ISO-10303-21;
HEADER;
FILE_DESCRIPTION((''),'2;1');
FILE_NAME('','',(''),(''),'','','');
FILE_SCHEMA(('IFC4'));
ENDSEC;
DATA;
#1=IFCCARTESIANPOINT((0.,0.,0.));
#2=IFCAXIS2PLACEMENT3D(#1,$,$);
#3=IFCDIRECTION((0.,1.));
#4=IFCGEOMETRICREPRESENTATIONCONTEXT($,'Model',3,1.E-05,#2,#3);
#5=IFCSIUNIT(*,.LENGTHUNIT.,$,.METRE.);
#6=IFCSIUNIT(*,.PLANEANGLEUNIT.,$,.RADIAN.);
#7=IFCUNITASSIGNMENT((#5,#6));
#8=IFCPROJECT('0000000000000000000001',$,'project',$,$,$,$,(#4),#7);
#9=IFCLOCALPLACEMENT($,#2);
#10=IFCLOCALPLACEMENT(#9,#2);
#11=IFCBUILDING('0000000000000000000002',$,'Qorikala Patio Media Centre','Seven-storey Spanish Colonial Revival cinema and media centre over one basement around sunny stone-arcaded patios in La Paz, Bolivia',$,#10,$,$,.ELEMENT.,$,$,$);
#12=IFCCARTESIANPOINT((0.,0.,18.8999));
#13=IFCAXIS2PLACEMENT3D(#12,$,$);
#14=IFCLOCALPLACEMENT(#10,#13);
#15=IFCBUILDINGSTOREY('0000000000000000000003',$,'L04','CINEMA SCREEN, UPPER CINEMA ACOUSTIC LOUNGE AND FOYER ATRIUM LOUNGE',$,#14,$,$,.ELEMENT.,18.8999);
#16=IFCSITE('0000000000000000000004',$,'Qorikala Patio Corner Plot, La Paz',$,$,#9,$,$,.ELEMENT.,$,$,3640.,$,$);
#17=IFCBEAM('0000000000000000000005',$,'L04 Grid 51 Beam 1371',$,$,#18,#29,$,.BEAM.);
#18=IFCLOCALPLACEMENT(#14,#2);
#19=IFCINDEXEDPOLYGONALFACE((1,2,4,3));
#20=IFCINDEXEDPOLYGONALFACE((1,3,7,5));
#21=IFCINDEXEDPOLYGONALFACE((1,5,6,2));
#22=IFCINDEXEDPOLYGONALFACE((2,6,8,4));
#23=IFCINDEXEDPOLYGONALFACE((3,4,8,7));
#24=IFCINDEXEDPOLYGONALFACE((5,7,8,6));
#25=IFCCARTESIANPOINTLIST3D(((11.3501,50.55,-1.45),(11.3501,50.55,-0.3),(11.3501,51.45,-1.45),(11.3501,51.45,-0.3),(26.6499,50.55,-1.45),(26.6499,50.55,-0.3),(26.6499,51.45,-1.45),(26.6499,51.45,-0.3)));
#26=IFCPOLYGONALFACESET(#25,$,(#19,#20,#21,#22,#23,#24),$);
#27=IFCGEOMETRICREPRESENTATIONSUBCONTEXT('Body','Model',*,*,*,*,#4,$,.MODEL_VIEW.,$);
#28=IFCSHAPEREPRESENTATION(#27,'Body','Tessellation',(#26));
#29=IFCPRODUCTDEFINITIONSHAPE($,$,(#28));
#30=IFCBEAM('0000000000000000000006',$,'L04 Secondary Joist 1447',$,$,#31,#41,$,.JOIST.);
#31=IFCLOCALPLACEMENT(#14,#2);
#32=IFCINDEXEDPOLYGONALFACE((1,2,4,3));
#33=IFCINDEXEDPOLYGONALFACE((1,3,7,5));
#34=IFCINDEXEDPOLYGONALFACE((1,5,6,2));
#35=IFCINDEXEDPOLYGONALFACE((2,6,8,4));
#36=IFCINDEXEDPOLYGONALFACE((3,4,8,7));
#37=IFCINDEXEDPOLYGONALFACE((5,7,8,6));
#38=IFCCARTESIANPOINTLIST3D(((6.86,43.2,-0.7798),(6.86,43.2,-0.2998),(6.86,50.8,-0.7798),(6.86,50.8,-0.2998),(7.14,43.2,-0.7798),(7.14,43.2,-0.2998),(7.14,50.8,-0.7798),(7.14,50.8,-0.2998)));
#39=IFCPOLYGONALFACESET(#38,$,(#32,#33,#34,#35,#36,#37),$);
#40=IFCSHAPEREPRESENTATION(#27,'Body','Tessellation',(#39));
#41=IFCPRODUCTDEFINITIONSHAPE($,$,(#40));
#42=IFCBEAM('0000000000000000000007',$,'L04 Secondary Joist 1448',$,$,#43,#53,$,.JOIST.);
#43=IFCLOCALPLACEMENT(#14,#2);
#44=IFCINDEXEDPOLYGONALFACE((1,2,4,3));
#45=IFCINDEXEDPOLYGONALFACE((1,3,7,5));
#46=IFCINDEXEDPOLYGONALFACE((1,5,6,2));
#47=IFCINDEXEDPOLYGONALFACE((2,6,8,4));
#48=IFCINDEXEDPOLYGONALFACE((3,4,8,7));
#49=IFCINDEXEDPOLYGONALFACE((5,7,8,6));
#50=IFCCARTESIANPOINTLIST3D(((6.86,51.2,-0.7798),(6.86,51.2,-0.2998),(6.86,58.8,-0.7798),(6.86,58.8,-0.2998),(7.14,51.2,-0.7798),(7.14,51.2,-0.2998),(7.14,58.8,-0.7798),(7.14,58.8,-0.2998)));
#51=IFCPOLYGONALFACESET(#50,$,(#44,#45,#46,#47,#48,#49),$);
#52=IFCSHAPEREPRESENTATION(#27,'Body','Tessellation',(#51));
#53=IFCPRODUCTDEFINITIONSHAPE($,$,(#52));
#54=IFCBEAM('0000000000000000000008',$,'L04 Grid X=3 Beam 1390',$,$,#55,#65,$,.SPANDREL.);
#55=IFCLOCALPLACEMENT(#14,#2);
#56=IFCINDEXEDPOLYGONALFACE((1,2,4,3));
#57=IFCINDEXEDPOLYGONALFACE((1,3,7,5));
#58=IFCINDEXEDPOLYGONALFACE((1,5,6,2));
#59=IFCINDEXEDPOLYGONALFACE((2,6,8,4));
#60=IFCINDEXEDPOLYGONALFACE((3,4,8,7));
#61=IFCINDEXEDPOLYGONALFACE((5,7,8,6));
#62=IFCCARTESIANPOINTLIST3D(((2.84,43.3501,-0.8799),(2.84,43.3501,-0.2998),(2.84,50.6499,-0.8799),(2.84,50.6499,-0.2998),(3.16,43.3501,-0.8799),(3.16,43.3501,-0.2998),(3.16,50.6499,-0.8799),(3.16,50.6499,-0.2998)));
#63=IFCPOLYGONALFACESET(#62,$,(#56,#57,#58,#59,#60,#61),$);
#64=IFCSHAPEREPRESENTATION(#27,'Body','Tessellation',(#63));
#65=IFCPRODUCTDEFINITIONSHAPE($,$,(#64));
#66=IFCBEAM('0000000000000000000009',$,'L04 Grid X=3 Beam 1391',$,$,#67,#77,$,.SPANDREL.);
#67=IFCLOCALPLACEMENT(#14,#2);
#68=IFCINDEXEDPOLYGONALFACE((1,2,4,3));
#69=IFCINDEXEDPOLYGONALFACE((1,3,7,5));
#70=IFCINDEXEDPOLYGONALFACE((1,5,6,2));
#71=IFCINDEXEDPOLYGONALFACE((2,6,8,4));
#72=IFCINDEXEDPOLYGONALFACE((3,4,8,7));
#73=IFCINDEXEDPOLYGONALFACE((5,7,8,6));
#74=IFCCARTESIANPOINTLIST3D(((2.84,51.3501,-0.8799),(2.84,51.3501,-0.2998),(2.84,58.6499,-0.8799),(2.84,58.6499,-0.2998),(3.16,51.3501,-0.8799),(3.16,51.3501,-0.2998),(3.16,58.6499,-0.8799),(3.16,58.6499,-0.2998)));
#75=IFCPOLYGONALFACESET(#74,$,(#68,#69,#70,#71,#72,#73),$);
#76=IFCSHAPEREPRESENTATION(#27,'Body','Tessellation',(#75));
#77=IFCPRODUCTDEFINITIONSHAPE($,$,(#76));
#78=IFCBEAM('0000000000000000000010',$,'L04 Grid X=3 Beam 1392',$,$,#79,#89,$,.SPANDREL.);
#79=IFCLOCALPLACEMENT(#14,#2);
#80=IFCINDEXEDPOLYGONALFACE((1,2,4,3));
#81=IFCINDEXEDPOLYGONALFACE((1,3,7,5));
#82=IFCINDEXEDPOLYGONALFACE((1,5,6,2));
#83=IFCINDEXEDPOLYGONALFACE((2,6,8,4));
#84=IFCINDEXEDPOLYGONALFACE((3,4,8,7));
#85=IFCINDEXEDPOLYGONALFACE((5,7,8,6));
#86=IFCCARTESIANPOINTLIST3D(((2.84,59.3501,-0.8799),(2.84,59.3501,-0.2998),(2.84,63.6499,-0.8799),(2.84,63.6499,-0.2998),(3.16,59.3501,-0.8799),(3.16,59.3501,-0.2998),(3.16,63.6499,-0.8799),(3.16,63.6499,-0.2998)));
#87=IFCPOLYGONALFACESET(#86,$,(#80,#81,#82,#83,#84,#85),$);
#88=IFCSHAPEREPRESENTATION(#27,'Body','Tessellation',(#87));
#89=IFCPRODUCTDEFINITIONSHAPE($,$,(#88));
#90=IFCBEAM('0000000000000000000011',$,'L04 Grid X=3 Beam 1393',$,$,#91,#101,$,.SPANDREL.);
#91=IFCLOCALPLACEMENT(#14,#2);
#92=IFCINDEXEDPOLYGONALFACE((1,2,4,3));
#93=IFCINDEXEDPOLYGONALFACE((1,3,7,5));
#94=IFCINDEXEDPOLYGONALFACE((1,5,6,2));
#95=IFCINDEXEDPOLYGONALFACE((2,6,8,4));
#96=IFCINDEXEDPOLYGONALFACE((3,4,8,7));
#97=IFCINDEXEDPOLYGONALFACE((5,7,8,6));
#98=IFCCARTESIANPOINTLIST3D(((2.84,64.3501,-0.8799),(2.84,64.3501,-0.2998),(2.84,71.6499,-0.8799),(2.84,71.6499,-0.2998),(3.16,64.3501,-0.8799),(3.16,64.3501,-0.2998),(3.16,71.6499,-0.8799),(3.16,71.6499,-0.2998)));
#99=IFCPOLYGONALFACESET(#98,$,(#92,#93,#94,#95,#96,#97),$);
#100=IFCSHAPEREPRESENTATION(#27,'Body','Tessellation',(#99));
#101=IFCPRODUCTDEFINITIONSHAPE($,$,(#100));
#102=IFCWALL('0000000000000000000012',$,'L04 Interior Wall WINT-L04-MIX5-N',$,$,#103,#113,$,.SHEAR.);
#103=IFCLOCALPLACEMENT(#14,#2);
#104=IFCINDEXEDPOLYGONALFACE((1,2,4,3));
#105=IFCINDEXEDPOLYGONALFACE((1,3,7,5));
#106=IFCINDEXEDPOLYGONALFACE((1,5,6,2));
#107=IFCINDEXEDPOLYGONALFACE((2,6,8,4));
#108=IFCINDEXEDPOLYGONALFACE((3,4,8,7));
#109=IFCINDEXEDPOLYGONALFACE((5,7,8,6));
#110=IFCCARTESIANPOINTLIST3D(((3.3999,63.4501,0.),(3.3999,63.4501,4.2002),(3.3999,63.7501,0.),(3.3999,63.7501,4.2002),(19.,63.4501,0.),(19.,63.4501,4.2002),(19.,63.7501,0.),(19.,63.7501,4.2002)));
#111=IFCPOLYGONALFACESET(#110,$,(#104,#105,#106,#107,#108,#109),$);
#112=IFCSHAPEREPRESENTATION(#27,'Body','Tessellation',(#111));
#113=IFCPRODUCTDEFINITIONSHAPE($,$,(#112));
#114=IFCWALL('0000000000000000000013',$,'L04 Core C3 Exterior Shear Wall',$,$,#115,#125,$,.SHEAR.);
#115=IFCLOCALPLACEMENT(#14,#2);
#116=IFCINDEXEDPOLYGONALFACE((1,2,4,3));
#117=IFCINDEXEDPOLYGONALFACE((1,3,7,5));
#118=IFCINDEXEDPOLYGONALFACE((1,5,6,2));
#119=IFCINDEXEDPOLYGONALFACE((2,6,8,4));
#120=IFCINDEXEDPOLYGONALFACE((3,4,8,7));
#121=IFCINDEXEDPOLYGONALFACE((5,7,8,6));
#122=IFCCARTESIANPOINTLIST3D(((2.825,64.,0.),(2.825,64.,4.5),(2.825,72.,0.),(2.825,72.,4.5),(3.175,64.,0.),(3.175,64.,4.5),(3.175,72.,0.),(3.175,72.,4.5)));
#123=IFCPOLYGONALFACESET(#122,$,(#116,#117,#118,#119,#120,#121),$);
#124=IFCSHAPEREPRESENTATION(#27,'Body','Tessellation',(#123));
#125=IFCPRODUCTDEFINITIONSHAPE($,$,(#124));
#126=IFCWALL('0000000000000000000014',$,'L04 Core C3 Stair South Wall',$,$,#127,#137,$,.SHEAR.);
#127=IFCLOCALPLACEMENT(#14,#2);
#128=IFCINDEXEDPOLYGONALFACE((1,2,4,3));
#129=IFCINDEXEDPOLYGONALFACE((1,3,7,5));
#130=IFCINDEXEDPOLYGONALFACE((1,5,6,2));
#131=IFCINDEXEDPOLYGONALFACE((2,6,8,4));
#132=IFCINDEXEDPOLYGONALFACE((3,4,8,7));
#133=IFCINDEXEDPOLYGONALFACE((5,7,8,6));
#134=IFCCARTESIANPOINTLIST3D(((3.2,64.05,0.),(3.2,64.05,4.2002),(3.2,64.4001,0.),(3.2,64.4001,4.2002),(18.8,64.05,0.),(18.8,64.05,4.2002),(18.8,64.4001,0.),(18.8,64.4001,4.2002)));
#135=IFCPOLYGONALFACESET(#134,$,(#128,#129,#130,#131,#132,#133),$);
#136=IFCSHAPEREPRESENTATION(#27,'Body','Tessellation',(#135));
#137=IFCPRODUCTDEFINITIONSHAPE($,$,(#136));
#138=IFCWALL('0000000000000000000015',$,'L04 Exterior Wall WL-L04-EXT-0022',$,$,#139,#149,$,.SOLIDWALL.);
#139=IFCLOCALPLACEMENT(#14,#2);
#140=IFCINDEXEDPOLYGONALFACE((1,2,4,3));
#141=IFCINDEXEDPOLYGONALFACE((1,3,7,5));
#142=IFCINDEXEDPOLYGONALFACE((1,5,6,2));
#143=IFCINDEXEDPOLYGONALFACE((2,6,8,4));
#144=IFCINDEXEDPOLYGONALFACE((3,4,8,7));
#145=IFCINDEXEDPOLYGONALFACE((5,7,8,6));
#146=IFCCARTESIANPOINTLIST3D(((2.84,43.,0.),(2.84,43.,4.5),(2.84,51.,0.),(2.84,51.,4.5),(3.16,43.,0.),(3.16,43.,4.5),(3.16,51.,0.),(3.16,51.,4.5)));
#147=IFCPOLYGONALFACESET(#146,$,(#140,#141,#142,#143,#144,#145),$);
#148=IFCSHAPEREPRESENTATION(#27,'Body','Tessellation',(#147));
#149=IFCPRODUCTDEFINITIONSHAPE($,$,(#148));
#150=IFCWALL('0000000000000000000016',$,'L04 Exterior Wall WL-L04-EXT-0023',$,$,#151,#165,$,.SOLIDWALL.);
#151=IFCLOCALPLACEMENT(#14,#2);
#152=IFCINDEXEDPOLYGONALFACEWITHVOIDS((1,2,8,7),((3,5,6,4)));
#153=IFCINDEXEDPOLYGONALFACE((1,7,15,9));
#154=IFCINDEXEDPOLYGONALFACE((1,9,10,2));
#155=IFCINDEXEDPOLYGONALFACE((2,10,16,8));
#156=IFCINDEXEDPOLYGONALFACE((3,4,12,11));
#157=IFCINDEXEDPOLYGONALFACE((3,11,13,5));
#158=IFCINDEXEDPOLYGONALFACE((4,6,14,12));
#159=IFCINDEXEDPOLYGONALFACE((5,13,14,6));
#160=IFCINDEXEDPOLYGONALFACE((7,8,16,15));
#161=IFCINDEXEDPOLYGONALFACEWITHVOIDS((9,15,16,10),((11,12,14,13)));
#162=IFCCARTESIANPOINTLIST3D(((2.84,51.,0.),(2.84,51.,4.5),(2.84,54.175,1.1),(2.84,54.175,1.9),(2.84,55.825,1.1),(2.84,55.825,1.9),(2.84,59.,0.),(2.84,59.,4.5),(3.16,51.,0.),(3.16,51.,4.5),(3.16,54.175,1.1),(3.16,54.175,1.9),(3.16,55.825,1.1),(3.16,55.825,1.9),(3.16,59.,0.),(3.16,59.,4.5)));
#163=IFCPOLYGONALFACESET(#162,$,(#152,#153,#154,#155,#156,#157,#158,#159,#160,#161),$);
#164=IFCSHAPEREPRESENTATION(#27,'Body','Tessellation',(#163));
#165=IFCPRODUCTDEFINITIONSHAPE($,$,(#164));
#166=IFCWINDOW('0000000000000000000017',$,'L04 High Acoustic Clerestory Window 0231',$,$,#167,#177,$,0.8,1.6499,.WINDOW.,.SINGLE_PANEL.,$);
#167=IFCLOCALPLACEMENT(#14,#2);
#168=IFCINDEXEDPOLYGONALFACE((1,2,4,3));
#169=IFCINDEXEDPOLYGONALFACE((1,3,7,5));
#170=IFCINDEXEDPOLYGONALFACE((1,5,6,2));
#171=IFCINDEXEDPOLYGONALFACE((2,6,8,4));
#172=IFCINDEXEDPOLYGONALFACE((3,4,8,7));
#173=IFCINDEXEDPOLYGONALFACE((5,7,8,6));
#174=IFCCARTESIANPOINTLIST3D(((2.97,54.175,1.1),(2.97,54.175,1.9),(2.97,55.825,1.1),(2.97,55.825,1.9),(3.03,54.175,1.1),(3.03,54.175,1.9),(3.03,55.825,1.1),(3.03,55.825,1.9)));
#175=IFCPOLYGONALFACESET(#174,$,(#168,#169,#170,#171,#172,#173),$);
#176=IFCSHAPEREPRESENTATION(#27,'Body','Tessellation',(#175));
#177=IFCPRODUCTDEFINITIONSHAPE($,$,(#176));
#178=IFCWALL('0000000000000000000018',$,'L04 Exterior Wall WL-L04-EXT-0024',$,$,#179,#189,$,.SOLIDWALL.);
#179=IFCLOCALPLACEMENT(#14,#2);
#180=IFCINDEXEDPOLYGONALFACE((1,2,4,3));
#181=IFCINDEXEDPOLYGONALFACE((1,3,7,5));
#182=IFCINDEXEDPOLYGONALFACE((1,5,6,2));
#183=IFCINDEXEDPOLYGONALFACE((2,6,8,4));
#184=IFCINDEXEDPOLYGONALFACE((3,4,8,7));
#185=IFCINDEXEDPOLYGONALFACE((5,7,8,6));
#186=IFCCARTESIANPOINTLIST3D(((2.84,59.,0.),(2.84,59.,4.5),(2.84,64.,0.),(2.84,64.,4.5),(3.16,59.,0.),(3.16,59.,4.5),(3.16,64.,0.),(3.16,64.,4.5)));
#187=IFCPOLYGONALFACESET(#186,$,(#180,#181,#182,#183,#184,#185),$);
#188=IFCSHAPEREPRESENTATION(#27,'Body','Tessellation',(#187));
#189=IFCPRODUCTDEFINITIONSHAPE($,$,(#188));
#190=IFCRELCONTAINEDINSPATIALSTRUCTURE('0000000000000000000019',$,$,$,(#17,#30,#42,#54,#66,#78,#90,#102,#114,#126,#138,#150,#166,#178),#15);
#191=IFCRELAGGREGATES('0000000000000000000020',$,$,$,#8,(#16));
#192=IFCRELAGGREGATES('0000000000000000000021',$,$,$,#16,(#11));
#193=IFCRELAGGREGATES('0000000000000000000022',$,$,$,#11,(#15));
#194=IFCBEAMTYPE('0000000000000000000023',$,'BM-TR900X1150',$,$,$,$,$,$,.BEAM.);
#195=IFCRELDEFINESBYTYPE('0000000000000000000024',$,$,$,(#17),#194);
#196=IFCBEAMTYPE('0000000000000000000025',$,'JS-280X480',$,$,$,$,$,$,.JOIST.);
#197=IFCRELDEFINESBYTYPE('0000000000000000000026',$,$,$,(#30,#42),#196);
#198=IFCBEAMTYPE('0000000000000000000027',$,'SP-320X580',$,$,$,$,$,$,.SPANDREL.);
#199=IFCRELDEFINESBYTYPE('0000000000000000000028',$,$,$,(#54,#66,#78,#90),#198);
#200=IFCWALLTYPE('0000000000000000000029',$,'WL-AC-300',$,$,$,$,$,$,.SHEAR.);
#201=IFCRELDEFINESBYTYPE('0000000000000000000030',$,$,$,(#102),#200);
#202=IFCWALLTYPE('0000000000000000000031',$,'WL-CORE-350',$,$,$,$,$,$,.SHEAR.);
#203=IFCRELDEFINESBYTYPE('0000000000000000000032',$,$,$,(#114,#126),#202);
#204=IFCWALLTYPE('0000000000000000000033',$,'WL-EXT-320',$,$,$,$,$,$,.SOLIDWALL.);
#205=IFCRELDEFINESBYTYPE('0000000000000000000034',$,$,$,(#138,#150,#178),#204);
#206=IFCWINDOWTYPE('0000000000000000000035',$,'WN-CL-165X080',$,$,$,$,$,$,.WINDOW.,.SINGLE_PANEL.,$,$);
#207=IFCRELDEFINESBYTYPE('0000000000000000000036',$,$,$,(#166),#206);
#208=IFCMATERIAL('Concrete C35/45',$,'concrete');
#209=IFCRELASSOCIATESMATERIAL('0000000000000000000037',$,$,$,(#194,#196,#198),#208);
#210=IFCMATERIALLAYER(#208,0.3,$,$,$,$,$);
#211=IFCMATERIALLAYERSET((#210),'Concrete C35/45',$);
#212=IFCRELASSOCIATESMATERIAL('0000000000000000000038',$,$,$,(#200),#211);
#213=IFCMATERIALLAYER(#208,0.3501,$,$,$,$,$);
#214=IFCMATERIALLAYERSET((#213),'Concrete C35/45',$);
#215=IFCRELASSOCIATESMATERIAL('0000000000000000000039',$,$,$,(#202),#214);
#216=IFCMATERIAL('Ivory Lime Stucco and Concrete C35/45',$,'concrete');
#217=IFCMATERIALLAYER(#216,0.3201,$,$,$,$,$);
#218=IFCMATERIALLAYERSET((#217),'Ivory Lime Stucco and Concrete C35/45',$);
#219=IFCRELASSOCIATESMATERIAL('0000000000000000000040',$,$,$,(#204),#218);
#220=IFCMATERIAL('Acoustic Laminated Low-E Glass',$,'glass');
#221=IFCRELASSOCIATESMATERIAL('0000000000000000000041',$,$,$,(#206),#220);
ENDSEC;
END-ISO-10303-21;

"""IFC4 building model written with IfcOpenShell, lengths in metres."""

from ifc_helpers import new_model, si_unit, direction, frame, frame_2d, origin, origin_2d, place, context, subcontext, project, spatial, rectangle, extrude, material, layer, layer_set, material_profile, profile_set, type_object, element, fill, save


model = new_model("IFC4")

# Units and contexts
model_context = context("Model", 3, precision=1e-05, world=origin(), true_north=direction((0.0, 1.0)))
body_context = subcontext(model_context, "Body", "Model", "MODEL_VIEW")
ifc_project = project(units=[si_unit("LENGTHUNIT", "METRE"), si_unit("PLANEANGLEUNIT", "RADIAN")], contexts=[model_context])

# Site, building, storey
site_placement = place(None, origin())
site = spatial("IfcSite", under=ifc_project, at=site_placement, Name="Qorikala Patio Corner Plot, La Paz", CompositionType="ELEMENT", RefElevation=3640.0)
building_placement = place(site_placement, origin())
building = spatial("IfcBuilding", under=site, at=building_placement, Name="Qorikala Patio Media Centre", Description="Seven-storey Spanish Colonial Revival cinema and media centre over one basement around sunny stone-arcaded patios in La Paz, Bolivia", CompositionType="ELEMENT")
storey_placement = place(building_placement, frame((0.0, 0.0, 18.8999)))
storey = spatial("IfcBuildingStorey", under=building, at=storey_placement, Name="L04", Description="CINEMA SCREEN, UPPER CINEMA ACOUSTIC LOUNGE AND FOYER ATRIUM LOUNGE", CompositionType="ELEMENT", Elevation=18.8999)

# Shared definitions
ifc_material_1 = material(Name="Concrete C35/45", Category="concrete")

# Beams
ifc_material_profile_1 = material_profile(ifc_material_1, rectangle(XDim=0.8999, YDim=1.1499, at=origin_2d()), Name="RC 900x1150")
ifc_profile_set_1 = profile_set([ifc_material_profile_1], Name="Concrete C35/45")
beam_type_1 = type_object("IfcBeamType", Name="BM-TR900X1150", PredefinedType="BEAM", material=ifc_profile_set_1)
beam_1_placement = place(storey_placement, frame((11.3501, 51.0, -0.875), z_axis=(1.0, 0.0, 0.0), x_axis=(0.0, 1.0, 0.0)))
element("IfcBeam", 1, at=beam_1_placement, inside=storey, type_object=beam_type_1, Name="L04 Grid 51 Beam 1371", PredefinedType="BEAM", context=body_context, shape_type="SweptSolid", body=[
    extrude(rectangle(XDim=0.8999, YDim=1.1499, at=origin_2d()), origin(), (0.0, 0.0, 1.0), 15.2998),
])
ifc_material_profile_2 = material_profile(ifc_material_1, rectangle(XDim=0.28, YDim=0.48, at=origin_2d()), Name="RC 280x480")
ifc_profile_set_2 = profile_set([ifc_material_profile_2], Name="Concrete C35/45")
beam_type_2 = type_object("IfcBeamType", Name="JS-280X480", PredefinedType="JOIST", material=ifc_profile_set_2)
for number, where, z_axis, x_axis, name in (
    (2, (7.0, 43.2, -0.5398), (0.0, 1.0, 0.0), (-1.0, 0.0, 0.0), "L04 Secondary Joist 1447"),
    (3, (7.0, 51.2, -0.5398), (0.0, 1.0, 0.0), (-1.0, 0.0, 0.0), "L04 Secondary Joist 1448"),
):
    element("IfcBeam", number, at=place(storey_placement, frame(where, z_axis=z_axis, x_axis=x_axis)), inside=storey, type_object=beam_type_2, Name=name, PredefinedType="JOIST", context=body_context, shape_type="SweptSolid", body=[
        extrude(rectangle(XDim=0.28, YDim=0.48, at=origin_2d()), origin(), (0.0, 0.0, 1.0), 7.6001),
    ])
ifc_material_profile_3 = material_profile(ifc_material_1, rectangle(XDim=0.3201, YDim=0.5801, at=origin_2d()), Name="RC 320x580")
ifc_profile_set_3 = profile_set([ifc_material_profile_3], Name="Concrete C35/45")
beam_type_3 = type_object("IfcBeamType", Name="SP-320X580", PredefinedType="SPANDREL", material=ifc_profile_set_3)
for number, where, z_axis, x_axis, name in (
    (4, (3.0, 43.3501, -0.5898), (0.0, 1.0, 0.0), (-1.0, 0.0, 0.0), "L04 Grid X=3 Beam 1390"),
    (5, (3.0, 51.3501, -0.5898), (0.0, 1.0, 0.0), (-1.0, 0.0, 0.0), "L04 Grid X=3 Beam 1391"),
):
    element("IfcBeam", number, at=place(storey_placement, frame(where, z_axis=z_axis, x_axis=x_axis)), inside=storey, type_object=beam_type_3, Name=name, PredefinedType="SPANDREL", context=body_context, shape_type="SweptSolid", body=[
        extrude(rectangle(XDim=0.3201, YDim=0.5801, at=origin_2d()), origin(), (0.0, 0.0, 1.0), 7.2998),
    ])
beam_2_placement = place(storey_placement, frame((3.0, 59.3501, -0.5898), z_axis=(0.0, 1.0, 0.0), x_axis=(-1.0, 0.0, 0.0)))
element("IfcBeam", 6, at=beam_2_placement, inside=storey, type_object=beam_type_3, Name="L04 Grid X=3 Beam 1392", PredefinedType="SPANDREL", context=body_context, shape_type="SweptSolid", body=[
    extrude(rectangle(XDim=0.3201, YDim=0.5801, at=origin_2d()), origin(), (0.0, 0.0, 1.0), 4.2998),
])
beam_3_placement = place(storey_placement, frame((3.0, 64.3501, -0.5898), z_axis=(0.0, 1.0, 0.0), x_axis=(-1.0, 0.0, 0.0)))
element("IfcBeam", 7, at=beam_3_placement, inside=storey, type_object=beam_type_3, Name="L04 Grid X=3 Beam 1393", PredefinedType="SPANDREL", context=body_context, shape_type="SweptSolid", body=[
    extrude(rectangle(XDim=0.3201, YDim=0.5801, at=origin_2d()), origin(), (0.0, 0.0, 1.0), 7.2998),
])

# Walls
ifc_layer_1 = layer(ifc_material_1, 0.3)
ifc_layer_set_1 = layer_set([ifc_layer_1], Name="Concrete C35/45")
wall_type_1 = type_object("IfcWallType", Name="WL-AC-300", PredefinedType="SHEAR", material=ifc_layer_set_1)
wall_1_placement = place(storey_placement, frame((3.3999, 63.6001, 0.0), z_axis=(0.0, 0.0, 1.0), x_axis=(1.0, 0.0, 0.0)))
element("IfcWall", 8, at=wall_1_placement, inside=storey, type_object=wall_type_1, Name="L04 Interior Wall WINT-L04-MIX5-N", PredefinedType="SHEAR", context=body_context, shape_type="SweptSolid", body=[
    extrude(rectangle(XDim=15.6001, YDim=0.3, at=frame_2d((7.8, 0.0))), origin(), (0.0, 0.0, 1.0), 4.2002),
])
ifc_layer_2 = layer(ifc_material_1, 0.3501)
ifc_layer_set_2 = layer_set([ifc_layer_2], Name="Concrete C35/45")
wall_type_2 = type_object("IfcWallType", Name="WL-CORE-350", PredefinedType="SHEAR", material=ifc_layer_set_2)
wall_2_placement = place(storey_placement, frame((3.0, 64.0, 0.0), z_axis=(0.0, 0.0, 1.0), x_axis=(0.0, 1.0, 0.0)))
element("IfcWall", 9, at=wall_2_placement, inside=storey, type_object=wall_type_2, Name="L04 Core C3 Exterior Shear Wall", PredefinedType="SHEAR", context=body_context, shape_type="SweptSolid", body=[
    extrude(rectangle(XDim=8.0, YDim=0.3501, at=frame_2d((4.0, 0.0))), origin(), (0.0, 0.0, 1.0), 4.5),
])
wall_3_placement = place(storey_placement, frame((3.2, 64.2251, 0.0), z_axis=(0.0, 0.0, 1.0), x_axis=(1.0, 0.0, 0.0)))
element("IfcWall", 10, at=wall_3_placement, inside=storey, type_object=wall_type_2, Name="L04 Core C3 Stair South Wall", PredefinedType="SHEAR", context=body_context, shape_type="SweptSolid", body=[
    extrude(rectangle(XDim=15.6001, YDim=0.3501, at=frame_2d((7.8, 0.0))), origin(), (0.0, 0.0, 1.0), 4.2002),
])
ifc_material_2 = material(Name="Ivory Lime Stucco and Concrete C35/45", Category="concrete")
ifc_layer_3 = layer(ifc_material_2, 0.3201)
ifc_layer_set_3 = layer_set([ifc_layer_3], Name="Ivory Lime Stucco and Concrete C35/45")
wall_type_3 = type_object("IfcWallType", Name="WL-EXT-320", PredefinedType="SOLIDWALL", material=ifc_layer_set_3)
wall_4_placement = place(storey_placement, frame((3.0, 43.0, 0.0), z_axis=(0.0, 0.0, 1.0), x_axis=(0.0, 1.0, 0.0)))
element("IfcWall", 11, at=wall_4_placement, inside=storey, type_object=wall_type_3, Name="L04 Exterior Wall WL-L04-EXT-0022", PredefinedType="SOLIDWALL", context=body_context, shape_type="SweptSolid", body=[
    extrude(rectangle(XDim=8.0, YDim=0.3201, at=frame_2d((4.0, 0.0))), origin(), (0.0, 0.0, 1.0), 4.5),
])

# Wall, opening, window
wall_5_placement = place(storey_placement, frame((3.0, 51.0, 0.0), z_axis=(0.0, 0.0, 1.0), x_axis=(0.0, 1.0, 0.0)))
wall_5 = element("IfcWall", 12, at=wall_5_placement, inside=storey, type_object=wall_type_3, Name="L04 Exterior Wall WL-L04-EXT-0023", PredefinedType="SOLIDWALL", context=body_context, shape_type="SweptSolid", body=[
    extrude(rectangle(XDim=8.0, YDim=0.3201, at=frame_2d((4.0, 0.0))), origin(), (0.0, 0.0, 1.0), 4.5),
])
opening_placement = place(wall_5_placement, frame((3.175, 0.0, 1.1001)))
opening = element("IfcOpeningElement", 13, at=opening_placement, cuts=wall_5, PredefinedType="OPENING", context=body_context, shape_type="SweptSolid", body=[
    extrude(rectangle(XDim=1.6499, YDim=0.8, at=frame_2d((0.825, 0.3999))), frame((0.0, 0.1699, 0.0), z_axis=(0.0, -1.0, 0.0), x_axis=(1.0, 0.0, 0.0)), (0.0, 0.0, 1.0), 0.3401),
])
ifc_material_3 = material(Name="Acoustic Laminated Low-E Glass", Category="glass")
window_type = type_object("IfcWindowType", Name="WN-CL-165X080", PartitioningType="SINGLE_PANEL", PredefinedType="WINDOW", material=ifc_material_3)
window_placement = place(opening_placement, origin())
window = element("IfcWindow", 14, at=window_placement, inside=storey, type_object=window_type, Name="L04 High Acoustic Clerestory Window 0231", OverallHeight=0.8, OverallWidth=1.6499, PartitioningType="SINGLE_PANEL", PredefinedType="WINDOW", context=body_context, shape_type="SweptSolid", body=[
    extrude(rectangle(XDim=1.6499, YDim=0.8, at=frame_2d((0.825, 0.3999))), frame((0.0, 0.03, 0.0), z_axis=(0.0, -1.0, 0.0), x_axis=(1.0, 0.0, 0.0)), (0.0, 0.0, 1.0), 0.0601),
])
fill(opening, window)

# Wall
wall_6_placement = place(storey_placement, frame((3.0, 59.0, 0.0), z_axis=(0.0, 0.0, 1.0), x_axis=(0.0, 1.0, 0.0)))
element("IfcWall", 15, at=wall_6_placement, inside=storey, type_object=wall_type_3, Name="L04 Exterior Wall WL-L04-EXT-0024", PredefinedType="SOLIDWALL", context=body_context, shape_type="SweptSolid", body=[
    extrude(rectangle(XDim=5.0, YDim=0.3201, at=frame_2d((2.5, 0.0))), origin(), (0.0, 0.0, 1.0), 4.5),
])

save(model, "model.ifc")
